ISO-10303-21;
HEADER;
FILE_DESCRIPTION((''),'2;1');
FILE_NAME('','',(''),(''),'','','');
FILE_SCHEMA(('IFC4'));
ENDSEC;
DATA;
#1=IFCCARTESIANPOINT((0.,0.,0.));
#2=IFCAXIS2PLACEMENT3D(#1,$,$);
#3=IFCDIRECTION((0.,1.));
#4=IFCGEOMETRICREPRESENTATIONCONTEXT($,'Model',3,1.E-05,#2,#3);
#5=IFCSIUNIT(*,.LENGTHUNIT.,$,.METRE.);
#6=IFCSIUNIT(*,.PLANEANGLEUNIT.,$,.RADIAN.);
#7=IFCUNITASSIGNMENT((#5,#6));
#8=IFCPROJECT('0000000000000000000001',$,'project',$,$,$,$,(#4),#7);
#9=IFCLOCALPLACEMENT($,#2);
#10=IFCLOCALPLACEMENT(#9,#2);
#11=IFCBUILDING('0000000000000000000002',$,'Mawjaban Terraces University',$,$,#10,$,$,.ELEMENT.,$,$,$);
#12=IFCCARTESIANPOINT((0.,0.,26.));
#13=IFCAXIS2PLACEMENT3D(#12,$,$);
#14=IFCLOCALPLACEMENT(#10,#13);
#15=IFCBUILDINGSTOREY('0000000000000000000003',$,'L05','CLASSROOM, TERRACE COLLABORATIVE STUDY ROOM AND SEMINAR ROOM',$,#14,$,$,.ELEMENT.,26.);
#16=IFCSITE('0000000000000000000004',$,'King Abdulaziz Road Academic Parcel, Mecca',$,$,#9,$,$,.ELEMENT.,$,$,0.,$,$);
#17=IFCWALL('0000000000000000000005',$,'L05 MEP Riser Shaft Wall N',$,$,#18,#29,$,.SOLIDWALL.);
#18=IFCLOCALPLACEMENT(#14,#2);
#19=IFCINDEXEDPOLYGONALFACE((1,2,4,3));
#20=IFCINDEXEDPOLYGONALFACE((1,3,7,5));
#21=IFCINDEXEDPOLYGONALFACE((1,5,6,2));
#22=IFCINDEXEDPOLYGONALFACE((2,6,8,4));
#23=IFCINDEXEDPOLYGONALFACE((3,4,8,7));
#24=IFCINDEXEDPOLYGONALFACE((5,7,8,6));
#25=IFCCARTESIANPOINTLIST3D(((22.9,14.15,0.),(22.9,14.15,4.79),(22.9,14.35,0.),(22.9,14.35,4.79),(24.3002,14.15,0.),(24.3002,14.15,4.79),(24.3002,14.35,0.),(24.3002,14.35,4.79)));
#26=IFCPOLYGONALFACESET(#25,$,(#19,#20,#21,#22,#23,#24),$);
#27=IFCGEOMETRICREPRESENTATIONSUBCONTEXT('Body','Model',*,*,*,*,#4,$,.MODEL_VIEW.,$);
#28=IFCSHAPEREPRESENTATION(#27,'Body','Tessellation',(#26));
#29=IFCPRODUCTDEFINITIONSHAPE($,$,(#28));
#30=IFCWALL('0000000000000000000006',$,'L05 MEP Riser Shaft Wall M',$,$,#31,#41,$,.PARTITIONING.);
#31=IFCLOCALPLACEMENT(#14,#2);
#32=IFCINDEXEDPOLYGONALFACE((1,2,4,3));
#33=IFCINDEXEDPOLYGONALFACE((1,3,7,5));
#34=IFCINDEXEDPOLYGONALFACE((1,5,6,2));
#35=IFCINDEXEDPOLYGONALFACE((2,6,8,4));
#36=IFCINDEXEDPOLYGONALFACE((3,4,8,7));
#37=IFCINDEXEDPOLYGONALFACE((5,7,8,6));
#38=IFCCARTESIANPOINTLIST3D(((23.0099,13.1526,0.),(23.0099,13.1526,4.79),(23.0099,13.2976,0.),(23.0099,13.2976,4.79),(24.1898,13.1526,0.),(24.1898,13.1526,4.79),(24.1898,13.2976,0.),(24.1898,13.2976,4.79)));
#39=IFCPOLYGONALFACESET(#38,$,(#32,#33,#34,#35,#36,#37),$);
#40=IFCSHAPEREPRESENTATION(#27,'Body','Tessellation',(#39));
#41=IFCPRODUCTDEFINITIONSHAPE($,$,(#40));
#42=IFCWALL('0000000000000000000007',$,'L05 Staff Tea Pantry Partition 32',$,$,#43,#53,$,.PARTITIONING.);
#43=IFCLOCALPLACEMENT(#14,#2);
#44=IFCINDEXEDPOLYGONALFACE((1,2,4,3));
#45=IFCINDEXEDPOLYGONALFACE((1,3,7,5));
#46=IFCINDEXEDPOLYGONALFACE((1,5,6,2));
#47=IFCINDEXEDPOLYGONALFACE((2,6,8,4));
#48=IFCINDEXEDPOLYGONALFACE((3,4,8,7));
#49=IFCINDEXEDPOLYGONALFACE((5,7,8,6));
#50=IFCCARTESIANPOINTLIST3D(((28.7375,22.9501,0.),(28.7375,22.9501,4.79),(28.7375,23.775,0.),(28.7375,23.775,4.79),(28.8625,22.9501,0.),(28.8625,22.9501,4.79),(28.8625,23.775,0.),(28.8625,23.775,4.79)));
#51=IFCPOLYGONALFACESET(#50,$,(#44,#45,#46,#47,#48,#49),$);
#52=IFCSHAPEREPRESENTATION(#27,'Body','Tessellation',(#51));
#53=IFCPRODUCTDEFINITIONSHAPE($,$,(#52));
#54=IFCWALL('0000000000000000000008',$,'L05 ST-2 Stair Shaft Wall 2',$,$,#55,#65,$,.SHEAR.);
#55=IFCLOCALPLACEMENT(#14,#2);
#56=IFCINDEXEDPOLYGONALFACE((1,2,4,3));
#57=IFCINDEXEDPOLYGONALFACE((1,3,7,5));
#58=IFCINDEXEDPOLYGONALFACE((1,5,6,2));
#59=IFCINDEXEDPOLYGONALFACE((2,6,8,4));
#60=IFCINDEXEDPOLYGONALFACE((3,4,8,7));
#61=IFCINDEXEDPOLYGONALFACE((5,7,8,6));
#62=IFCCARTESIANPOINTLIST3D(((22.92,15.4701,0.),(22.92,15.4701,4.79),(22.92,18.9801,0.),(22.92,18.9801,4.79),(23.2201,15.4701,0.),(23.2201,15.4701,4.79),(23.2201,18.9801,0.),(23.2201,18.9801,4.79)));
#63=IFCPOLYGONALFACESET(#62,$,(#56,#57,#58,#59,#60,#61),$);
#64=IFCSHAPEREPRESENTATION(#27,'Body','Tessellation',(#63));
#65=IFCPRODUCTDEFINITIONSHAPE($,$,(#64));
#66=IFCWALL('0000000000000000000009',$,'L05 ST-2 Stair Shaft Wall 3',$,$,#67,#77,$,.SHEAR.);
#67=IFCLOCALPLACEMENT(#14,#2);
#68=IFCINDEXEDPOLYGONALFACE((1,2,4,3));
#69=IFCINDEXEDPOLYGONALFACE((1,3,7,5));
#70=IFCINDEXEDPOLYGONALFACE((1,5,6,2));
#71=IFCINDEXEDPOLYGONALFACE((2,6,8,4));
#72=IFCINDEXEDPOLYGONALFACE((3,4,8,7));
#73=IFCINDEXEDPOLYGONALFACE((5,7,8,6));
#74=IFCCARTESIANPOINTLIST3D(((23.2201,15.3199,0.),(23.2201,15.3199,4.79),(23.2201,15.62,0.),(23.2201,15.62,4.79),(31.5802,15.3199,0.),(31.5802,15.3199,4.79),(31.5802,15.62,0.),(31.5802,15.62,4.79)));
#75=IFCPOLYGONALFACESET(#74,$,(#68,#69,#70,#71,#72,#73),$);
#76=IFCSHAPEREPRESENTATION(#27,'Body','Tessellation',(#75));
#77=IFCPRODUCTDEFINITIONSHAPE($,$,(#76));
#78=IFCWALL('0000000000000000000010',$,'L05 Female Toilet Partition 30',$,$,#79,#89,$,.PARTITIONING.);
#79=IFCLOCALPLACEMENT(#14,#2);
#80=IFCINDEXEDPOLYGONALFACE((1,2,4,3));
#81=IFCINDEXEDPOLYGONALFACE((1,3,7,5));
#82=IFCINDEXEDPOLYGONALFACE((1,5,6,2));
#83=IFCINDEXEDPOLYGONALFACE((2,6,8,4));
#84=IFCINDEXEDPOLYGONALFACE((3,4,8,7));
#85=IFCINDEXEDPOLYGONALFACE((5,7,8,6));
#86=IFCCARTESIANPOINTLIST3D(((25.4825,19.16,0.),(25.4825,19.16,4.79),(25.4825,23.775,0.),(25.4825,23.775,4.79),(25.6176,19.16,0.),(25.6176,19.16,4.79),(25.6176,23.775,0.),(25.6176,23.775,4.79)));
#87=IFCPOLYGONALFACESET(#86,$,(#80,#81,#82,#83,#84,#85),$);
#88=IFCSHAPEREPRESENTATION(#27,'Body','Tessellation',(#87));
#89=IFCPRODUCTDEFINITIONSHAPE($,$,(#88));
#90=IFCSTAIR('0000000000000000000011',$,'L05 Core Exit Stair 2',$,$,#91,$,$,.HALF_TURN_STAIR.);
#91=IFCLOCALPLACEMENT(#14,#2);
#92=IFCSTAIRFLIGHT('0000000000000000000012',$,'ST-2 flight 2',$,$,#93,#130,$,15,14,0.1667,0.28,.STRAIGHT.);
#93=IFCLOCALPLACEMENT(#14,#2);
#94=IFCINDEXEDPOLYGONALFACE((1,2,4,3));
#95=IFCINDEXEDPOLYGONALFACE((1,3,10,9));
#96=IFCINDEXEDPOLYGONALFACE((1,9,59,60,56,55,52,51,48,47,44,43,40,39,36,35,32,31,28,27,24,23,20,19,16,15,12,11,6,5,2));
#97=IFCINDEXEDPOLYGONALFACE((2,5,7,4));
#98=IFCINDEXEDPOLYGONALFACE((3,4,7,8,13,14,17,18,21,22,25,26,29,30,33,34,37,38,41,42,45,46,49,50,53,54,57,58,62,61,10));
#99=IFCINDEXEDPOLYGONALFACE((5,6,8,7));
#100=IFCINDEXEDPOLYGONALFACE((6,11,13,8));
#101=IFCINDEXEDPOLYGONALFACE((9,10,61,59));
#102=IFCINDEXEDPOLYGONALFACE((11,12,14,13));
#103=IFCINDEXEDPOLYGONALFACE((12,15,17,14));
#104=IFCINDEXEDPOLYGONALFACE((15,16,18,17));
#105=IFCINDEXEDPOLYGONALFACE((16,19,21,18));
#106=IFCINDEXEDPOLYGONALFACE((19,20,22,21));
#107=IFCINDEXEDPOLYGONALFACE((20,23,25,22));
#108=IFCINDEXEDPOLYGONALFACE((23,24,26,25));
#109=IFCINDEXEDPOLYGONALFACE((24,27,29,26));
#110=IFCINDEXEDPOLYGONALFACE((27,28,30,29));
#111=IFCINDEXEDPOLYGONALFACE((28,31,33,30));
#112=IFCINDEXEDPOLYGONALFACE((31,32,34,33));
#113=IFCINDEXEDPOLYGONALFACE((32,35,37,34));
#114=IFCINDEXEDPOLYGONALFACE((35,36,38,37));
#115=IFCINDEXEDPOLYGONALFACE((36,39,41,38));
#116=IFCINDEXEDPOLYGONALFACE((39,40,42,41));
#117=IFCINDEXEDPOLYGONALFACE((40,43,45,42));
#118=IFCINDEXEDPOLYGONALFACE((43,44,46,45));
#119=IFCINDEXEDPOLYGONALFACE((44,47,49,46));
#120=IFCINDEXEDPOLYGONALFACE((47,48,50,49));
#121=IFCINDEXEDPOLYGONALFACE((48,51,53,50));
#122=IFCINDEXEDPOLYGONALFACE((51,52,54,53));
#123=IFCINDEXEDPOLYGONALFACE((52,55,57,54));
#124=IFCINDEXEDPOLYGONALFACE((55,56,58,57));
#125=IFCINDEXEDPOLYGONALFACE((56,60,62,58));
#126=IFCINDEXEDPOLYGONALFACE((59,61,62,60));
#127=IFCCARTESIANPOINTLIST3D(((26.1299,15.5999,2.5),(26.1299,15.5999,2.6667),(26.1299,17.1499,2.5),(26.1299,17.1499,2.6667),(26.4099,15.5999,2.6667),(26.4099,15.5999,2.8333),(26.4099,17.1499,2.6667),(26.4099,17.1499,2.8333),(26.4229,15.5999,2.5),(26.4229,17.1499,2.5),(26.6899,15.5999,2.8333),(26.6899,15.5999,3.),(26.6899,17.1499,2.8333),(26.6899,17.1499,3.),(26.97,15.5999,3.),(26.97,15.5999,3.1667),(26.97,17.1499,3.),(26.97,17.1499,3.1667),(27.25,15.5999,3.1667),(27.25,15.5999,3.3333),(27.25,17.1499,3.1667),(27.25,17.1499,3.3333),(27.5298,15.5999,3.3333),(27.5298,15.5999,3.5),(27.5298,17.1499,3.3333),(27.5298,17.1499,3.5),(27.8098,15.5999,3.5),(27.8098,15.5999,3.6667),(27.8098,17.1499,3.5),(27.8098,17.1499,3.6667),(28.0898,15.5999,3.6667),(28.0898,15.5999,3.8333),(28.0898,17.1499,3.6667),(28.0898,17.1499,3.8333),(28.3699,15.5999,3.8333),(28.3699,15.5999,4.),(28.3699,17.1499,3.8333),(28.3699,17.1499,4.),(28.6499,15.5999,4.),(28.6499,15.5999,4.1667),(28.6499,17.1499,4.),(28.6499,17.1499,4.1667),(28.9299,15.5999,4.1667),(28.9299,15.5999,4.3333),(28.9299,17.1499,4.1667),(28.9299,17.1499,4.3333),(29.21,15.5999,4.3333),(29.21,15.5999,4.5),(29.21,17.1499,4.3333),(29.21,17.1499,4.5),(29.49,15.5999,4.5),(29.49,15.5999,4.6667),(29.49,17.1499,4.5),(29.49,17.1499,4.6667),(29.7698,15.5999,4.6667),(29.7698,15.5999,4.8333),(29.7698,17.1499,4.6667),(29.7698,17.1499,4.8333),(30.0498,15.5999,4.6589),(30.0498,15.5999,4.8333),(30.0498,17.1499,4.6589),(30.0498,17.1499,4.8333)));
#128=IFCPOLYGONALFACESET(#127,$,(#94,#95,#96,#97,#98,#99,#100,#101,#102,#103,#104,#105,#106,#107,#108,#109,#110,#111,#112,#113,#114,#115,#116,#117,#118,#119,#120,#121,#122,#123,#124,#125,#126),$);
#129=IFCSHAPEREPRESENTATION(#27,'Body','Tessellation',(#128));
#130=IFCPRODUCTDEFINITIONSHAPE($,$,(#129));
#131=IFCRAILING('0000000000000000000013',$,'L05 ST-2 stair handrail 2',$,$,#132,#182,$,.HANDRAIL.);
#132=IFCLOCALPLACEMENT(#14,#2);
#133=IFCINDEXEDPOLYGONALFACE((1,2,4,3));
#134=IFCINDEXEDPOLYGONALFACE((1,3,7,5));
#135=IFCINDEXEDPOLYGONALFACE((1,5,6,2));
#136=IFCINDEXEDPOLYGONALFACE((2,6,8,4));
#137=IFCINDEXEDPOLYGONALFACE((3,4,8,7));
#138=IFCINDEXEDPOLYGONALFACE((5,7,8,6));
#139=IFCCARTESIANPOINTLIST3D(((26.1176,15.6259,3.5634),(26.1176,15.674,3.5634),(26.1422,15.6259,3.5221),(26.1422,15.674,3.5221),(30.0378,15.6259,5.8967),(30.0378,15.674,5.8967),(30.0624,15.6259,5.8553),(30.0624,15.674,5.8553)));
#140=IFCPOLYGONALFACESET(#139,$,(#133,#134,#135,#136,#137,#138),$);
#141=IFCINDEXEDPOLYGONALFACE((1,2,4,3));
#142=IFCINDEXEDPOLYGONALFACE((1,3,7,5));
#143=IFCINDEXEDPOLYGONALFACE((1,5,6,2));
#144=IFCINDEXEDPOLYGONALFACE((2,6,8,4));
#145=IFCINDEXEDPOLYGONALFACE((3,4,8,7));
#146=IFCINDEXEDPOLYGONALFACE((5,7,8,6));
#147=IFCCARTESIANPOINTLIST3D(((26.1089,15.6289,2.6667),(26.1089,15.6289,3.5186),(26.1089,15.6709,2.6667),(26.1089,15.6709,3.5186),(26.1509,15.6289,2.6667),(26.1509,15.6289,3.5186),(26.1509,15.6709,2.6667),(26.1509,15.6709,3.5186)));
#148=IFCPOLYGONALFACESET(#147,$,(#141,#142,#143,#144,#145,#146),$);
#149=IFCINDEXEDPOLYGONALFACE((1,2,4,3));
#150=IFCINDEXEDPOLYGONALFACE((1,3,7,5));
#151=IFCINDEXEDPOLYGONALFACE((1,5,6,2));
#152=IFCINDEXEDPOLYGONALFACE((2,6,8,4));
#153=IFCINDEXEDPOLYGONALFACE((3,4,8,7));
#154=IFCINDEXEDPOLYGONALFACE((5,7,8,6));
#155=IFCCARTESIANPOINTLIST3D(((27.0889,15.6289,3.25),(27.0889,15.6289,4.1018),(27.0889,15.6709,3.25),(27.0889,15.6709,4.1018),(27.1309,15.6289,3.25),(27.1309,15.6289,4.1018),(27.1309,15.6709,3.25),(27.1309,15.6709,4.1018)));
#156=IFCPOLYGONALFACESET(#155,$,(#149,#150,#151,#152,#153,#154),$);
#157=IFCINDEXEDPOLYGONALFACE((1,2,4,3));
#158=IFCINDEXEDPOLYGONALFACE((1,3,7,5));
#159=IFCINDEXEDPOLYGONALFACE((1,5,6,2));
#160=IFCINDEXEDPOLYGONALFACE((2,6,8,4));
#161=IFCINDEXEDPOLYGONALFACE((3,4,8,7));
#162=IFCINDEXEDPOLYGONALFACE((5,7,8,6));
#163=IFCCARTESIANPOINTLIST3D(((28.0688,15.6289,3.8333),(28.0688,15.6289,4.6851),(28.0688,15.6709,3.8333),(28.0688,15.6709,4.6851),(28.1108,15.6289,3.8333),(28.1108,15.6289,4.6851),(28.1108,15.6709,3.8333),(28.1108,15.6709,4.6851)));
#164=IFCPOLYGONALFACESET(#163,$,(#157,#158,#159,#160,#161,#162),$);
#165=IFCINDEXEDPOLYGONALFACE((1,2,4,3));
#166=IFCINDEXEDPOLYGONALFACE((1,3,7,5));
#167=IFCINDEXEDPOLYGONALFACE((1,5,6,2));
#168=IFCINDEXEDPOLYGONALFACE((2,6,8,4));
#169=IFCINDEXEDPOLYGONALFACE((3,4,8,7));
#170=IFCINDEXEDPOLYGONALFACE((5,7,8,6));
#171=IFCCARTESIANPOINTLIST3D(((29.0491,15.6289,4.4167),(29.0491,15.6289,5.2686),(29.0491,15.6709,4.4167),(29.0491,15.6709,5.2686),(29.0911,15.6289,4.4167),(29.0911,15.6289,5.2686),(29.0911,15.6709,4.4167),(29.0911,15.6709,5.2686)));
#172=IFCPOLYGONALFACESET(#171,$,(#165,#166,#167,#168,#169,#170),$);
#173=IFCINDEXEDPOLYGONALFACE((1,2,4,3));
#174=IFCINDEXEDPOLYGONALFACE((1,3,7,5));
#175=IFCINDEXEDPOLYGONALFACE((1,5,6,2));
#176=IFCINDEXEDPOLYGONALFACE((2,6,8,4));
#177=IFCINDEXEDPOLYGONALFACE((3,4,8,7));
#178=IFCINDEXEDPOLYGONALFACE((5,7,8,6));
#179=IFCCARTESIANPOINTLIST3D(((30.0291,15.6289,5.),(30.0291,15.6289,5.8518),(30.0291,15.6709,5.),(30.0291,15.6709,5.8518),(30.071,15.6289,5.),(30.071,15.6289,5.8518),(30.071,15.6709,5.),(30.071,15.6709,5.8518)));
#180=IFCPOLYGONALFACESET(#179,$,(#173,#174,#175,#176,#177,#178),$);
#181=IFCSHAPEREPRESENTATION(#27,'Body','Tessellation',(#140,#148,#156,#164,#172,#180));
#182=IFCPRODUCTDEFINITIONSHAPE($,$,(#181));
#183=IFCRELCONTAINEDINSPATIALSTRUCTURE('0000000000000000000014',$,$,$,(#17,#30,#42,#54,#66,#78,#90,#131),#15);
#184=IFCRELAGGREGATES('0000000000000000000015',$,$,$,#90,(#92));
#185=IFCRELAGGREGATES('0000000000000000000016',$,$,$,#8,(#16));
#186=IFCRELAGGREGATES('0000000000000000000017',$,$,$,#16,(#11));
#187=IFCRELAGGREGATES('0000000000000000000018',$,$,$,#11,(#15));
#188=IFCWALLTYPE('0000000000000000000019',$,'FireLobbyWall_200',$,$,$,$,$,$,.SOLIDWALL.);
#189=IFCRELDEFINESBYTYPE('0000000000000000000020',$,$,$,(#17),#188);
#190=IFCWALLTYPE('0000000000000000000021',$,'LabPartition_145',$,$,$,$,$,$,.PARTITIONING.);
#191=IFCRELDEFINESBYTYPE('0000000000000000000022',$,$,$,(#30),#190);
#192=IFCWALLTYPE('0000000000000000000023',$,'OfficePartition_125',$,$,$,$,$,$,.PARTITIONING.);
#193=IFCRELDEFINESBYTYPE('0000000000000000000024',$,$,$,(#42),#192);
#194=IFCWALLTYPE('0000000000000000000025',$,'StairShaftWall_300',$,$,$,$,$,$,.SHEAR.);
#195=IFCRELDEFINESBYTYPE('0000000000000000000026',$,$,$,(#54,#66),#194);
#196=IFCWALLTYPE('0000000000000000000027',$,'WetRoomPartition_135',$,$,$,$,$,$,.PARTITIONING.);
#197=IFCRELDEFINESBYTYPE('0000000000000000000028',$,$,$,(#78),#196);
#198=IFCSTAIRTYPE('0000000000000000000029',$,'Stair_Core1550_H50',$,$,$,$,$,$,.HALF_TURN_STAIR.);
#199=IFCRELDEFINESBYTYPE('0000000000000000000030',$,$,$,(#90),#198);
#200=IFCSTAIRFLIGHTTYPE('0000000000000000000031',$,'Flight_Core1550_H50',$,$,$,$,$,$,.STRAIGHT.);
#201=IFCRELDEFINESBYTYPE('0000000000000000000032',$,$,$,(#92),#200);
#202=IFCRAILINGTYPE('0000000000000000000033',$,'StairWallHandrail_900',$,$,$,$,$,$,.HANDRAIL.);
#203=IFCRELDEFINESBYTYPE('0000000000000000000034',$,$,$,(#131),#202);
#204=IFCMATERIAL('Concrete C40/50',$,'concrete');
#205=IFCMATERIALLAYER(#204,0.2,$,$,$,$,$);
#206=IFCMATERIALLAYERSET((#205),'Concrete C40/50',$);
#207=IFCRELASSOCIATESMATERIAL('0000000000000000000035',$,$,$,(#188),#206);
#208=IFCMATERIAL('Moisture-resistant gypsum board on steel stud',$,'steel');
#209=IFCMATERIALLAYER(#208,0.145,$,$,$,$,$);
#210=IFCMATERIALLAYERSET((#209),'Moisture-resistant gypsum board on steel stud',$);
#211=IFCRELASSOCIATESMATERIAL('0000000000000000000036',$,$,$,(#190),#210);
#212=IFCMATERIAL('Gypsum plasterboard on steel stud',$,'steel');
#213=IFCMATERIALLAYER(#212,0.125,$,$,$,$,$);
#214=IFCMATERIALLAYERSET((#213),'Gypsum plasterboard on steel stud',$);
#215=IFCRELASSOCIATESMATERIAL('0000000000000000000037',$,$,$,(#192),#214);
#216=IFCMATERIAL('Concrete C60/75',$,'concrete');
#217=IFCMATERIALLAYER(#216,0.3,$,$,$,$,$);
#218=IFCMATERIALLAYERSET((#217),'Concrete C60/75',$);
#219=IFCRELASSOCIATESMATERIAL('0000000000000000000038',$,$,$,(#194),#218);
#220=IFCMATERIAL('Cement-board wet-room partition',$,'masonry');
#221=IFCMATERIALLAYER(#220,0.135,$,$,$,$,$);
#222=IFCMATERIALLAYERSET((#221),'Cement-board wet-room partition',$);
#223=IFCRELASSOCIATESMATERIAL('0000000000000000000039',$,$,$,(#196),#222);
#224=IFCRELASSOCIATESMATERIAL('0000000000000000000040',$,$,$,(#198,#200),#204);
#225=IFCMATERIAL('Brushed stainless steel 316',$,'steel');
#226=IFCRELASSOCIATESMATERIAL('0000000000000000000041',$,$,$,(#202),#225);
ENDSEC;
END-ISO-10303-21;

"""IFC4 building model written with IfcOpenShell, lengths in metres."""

from ifc_helpers import new_model, si_unit, direction, frame, frame_2d, origin, origin_2d, place, context, subcontext, project, spatial, polyline, rectangle, outline, extrude, material, layer, layer_set, type_object, element, aggregate, save


model = new_model("IFC4")

# Units and contexts
model_context = context("Model", 3, precision=1e-05, world=origin(), true_north=direction((0.0, 1.0)))
body_context = subcontext(model_context, "Body", "Model", "MODEL_VIEW")
ifc_project = project(units=[si_unit("LENGTHUNIT", "METRE"), si_unit("PLANEANGLEUNIT", "RADIAN")], contexts=[model_context])

# Site, building, storey
site_placement = place(None, origin())
site = spatial("IfcSite", under=ifc_project, at=site_placement, Name="King Abdulaziz Road Academic Parcel, Mecca", CompositionType="ELEMENT", RefElevation=0.0)
building_placement = place(site_placement, origin())
building = spatial("IfcBuilding", under=site, at=building_placement, Name="Mawjaban Terraces University", CompositionType="ELEMENT")
storey_placement = place(building_placement, frame((0.0, 0.0, 26.0)))
storey = spatial("IfcBuildingStorey", under=building, at=storey_placement, Name="L05", Description="CLASSROOM, TERRACE COLLABORATIVE STUDY ROOM AND SEMINAR ROOM", CompositionType="ELEMENT", Elevation=26.0)

# Walls
ifc_material_1 = material(Name="Concrete C40/50", Category="concrete")
ifc_layer_1 = layer(ifc_material_1, 0.2)
ifc_layer_set_1 = layer_set([ifc_layer_1], Name="Concrete C40/50")
wall_type_1 = type_object("IfcWallType", Name="FireLobbyWall_200", PredefinedType="SOLIDWALL", material=ifc_layer_set_1)
wall_1_placement = place(storey_placement, frame((22.8999, 14.25, 0.0), z_axis=(0.0, 0.0, 1.0), x_axis=(1.0, 0.0, 0.0)))
element("IfcWall", 1, at=wall_1_placement, inside=storey, type_object=wall_type_1, Name="L05 MEP Riser Shaft Wall N", PredefinedType="SOLIDWALL", context=body_context, shape_type="SweptSolid", body=[
    extrude(rectangle(XDim=1.4001, YDim=0.2, at=frame_2d((0.7002, 0.0))), origin(), (0.0, 0.0, 1.0), 4.79),
])
ifc_material_2 = material(Name="Moisture-resistant gypsum board on steel stud", Category="steel")
ifc_layer_2 = layer(ifc_material_2, 0.145)
ifc_layer_set_2 = layer_set([ifc_layer_2], Name="Moisture-resistant gypsum board on steel stud")
wall_type_2 = type_object("IfcWallType", Name="LabPartition_145", PredefinedType="PARTITIONING", material=ifc_layer_set_2)
wall_2_placement = place(storey_placement, frame((23.01, 13.2251, 0.0), z_axis=(0.0, 0.0, 1.0), x_axis=(1.0, 0.0, 0.0)))
element("IfcWall", 2, at=wall_2_placement, inside=storey, type_object=wall_type_2, Name="L05 MEP Riser Shaft Wall M", PredefinedType="PARTITIONING", context=body_context, shape_type="SweptSolid", body=[
    extrude(rectangle(XDim=1.1799, YDim=0.145, at=frame_2d((0.5898, 0.0))), origin(), (0.0, 0.0, 1.0), 4.79),
])
ifc_material_3 = material(Name="Gypsum plasterboard on steel stud", Category="steel")
ifc_layer_3 = layer(ifc_material_3, 0.125)
ifc_layer_set_3 = layer_set([ifc_layer_3], Name="Gypsum plasterboard on steel stud")
wall_type_3 = type_object("IfcWallType", Name="OfficePartition_125", PredefinedType="PARTITIONING", material=ifc_layer_set_3)
wall_3_placement = place(storey_placement, frame((28.8, 22.95, 0.0), z_axis=(0.0, 0.0, 1.0), x_axis=(0.0, 1.0, 0.0)))
element("IfcWall", 3, at=wall_3_placement, inside=storey, type_object=wall_type_3, Name="L05 Staff Tea Pantry Partition 32", PredefinedType="PARTITIONING", context=body_context, shape_type="SweptSolid", body=[
    extrude(rectangle(XDim=0.825, YDim=0.125, at=frame_2d((0.4126, 0.0))), origin(), (0.0, 0.0, 1.0), 4.79),
])
ifc_material_4 = material(Name="Concrete C60/75", Category="concrete")
ifc_layer_4 = layer(ifc_material_4, 0.3)
ifc_layer_set_4 = layer_set([ifc_layer_4], Name="Concrete C60/75")
wall_type_4 = type_object("IfcWallType", Name="StairShaftWall_300", PredefinedType="SHEAR", material=ifc_layer_set_4)
wall_4_placement = place(storey_placement, frame((23.0701, 18.98, 0.0), z_axis=(0.0, 0.0, 1.0), x_axis=(0.0, -1.0, 0.0)))
element("IfcWall", 4, at=wall_4_placement, inside=storey, type_object=wall_type_4, Name="L05 ST-2 Stair Shaft Wall 2", PredefinedType="SHEAR", context=body_context, shape_type="SweptSolid", body=[
    extrude(rectangle(XDim=3.51, YDim=0.3, at=frame_2d((1.7549, 0.0))), origin(), (0.0, 0.0, 1.0), 4.79),
])
wall_5_placement = place(storey_placement, frame((23.22, 15.47, 0.0), z_axis=(0.0, 0.0, 1.0), x_axis=(1.0, 0.0, 0.0)))
element("IfcWall", 5, at=wall_5_placement, inside=storey, type_object=wall_type_4, Name="L05 ST-2 Stair Shaft Wall 3", PredefinedType="SHEAR", context=body_context, shape_type="SweptSolid", body=[
    extrude(rectangle(XDim=8.3601, YDim=0.3, at=frame_2d((4.1802, 0.0))), origin(), (0.0, 0.0, 1.0), 4.79),
])
ifc_material_5 = material(Name="Cement-board wet-room partition", Category="masonry")
ifc_layer_5 = layer(ifc_material_5, 0.135)
ifc_layer_set_5 = layer_set([ifc_layer_5], Name="Cement-board wet-room partition")
wall_type_5 = type_object("IfcWallType", Name="WetRoomPartition_135", PredefinedType="PARTITIONING", material=ifc_layer_set_5)
wall_6_placement = place(storey_placement, frame((25.55, 19.1599, 0.0), z_axis=(0.0, 0.0, 1.0), x_axis=(0.0, 1.0, 0.0)))
element("IfcWall", 6, at=wall_6_placement, inside=storey, type_object=wall_type_5, Name="L05 Female Toilet Partition 30", PredefinedType="PARTITIONING", context=body_context, shape_type="SweptSolid", body=[
    extrude(rectangle(XDim=4.615, YDim=0.135, at=frame_2d((2.3076, 0.0))), origin(), (0.0, 0.0, 1.0), 4.79),
])

# Stair, stair flight
stair_type = type_object("IfcStairType", Name="Stair_Core1550_H50", PredefinedType="HALF_TURN_STAIR", material=ifc_material_1)
stair_placement = place(storey_placement, origin())
stair = element("IfcStair", 7, at=stair_placement, inside=storey, type_object=stair_type, Name="L05 Core Exit Stair 2", PredefinedType="HALF_TURN_STAIR")
stair_flight_type = type_object("IfcStairFlightType", Name="Flight_Core1550_H50", PredefinedType="STRAIGHT", material=ifc_material_1)
stair_flight_placement = place(storey_placement, frame((26.1299, 16.375, 2.5), z_axis=(0.0, 0.0, 1.0), x_axis=(1.0, 0.0, 0.0)))
stair_flight = element("IfcStairFlight", 8, at=stair_flight_placement, type_object=stair_flight_type, Name="ST-2 flight 2", NumberOfRisers=15, NumberOfTreads=14, PredefinedType="STRAIGHT", RiserHeight=0.1667, TreadLength=0.28, context=body_context, shape_type="SweptSolid", body=[
    extrude(outline(polyline([(0.0, 0.0), (0.0, 0.1667), (0.28, 0.1667), (0.28, 0.3333), (0.5601, 0.3333), (0.5601, 0.5), (0.8401, 0.5), (0.8401, 0.6667), (1.1201, 0.6667), (1.1201, 0.8333), (1.3999, 0.8333), (1.3999, 1.0), (1.6799, 1.0), (1.6799, 1.1667), (1.96, 1.1667), (1.96, 1.3333), (2.24, 1.3333), (2.24, 1.5), (2.52, 1.5), (2.52, 1.6667), (2.8, 1.6667), (2.8, 1.8333), (3.0801, 1.8333), (3.0801, 2.0), (3.3601, 2.0), (3.3601, 2.1667), (3.6399, 2.1667), (3.6399, 2.3333), (3.9199, 2.3333), (3.9199, 2.5), (3.9199, 2.1589), (0.293, 0.0), (0.0, 0.0)])), frame((0.0, 0.7749, 0.0), z_axis=(0.0, -1.0, 0.0), x_axis=(1.0, 0.0, 0.0)), (0.0, 0.0, 1.0), 1.55),
])
aggregate(stair, [stair_flight])

# Railing
ifc_material_6 = material(Name="Brushed stainless steel 316", Category="steel")
railing_type_1 = type_object("IfcRailingType", Name="StairWallHandrail_900", PredefinedType="HANDRAIL", material=ifc_material_6)
railing_1_placement = place(storey_placement, frame((26.1299, 15.6499, 2.6667)))
element("IfcRailing", 9, at=railing_1_placement, inside=storey, type_object=railing_type_1, Name="L05 ST-2 stair handrail 2", PredefinedType="HANDRAIL", context=body_context, shape_type="SweptSolid", body=[
    extrude(rectangle(XDim=0.0481, YDim=0.0481, at=origin_2d()), frame((0.0, 0.0, 0.876), z_axis=(0.85931, 0.0, 0.511455), x_axis=(0.0, 1.0, 0.0)), (0.0, 0.0, 1.0), 4.562),
    extrude(rectangle(XDim=0.042, YDim=0.042, at=origin_2d()), origin(), (0.0, 0.0, 1.0), 0.8518),
    extrude(rectangle(XDim=0.042, YDim=0.042, at=origin_2d()), frame((0.98, 0.0, 0.5833)), (0.0, 0.0, 1.0), 0.8518),
    extrude(rectangle(XDim=0.042, YDim=0.042, at=origin_2d()), frame((1.96, 0.0, 1.1665)), (0.0, 0.0, 1.0), 0.8518),
    extrude(rectangle(XDim=0.042, YDim=0.042, at=origin_2d()), frame((2.9402, 0.0, 1.75)), (0.0, 0.0, 1.0), 0.8518),
    extrude(rectangle(XDim=0.042, YDim=0.042, at=origin_2d()), frame((3.9202, 0.0, 2.3333)), (0.0, 0.0, 1.0), 0.8518),
])

save(model, "model.ifc")
